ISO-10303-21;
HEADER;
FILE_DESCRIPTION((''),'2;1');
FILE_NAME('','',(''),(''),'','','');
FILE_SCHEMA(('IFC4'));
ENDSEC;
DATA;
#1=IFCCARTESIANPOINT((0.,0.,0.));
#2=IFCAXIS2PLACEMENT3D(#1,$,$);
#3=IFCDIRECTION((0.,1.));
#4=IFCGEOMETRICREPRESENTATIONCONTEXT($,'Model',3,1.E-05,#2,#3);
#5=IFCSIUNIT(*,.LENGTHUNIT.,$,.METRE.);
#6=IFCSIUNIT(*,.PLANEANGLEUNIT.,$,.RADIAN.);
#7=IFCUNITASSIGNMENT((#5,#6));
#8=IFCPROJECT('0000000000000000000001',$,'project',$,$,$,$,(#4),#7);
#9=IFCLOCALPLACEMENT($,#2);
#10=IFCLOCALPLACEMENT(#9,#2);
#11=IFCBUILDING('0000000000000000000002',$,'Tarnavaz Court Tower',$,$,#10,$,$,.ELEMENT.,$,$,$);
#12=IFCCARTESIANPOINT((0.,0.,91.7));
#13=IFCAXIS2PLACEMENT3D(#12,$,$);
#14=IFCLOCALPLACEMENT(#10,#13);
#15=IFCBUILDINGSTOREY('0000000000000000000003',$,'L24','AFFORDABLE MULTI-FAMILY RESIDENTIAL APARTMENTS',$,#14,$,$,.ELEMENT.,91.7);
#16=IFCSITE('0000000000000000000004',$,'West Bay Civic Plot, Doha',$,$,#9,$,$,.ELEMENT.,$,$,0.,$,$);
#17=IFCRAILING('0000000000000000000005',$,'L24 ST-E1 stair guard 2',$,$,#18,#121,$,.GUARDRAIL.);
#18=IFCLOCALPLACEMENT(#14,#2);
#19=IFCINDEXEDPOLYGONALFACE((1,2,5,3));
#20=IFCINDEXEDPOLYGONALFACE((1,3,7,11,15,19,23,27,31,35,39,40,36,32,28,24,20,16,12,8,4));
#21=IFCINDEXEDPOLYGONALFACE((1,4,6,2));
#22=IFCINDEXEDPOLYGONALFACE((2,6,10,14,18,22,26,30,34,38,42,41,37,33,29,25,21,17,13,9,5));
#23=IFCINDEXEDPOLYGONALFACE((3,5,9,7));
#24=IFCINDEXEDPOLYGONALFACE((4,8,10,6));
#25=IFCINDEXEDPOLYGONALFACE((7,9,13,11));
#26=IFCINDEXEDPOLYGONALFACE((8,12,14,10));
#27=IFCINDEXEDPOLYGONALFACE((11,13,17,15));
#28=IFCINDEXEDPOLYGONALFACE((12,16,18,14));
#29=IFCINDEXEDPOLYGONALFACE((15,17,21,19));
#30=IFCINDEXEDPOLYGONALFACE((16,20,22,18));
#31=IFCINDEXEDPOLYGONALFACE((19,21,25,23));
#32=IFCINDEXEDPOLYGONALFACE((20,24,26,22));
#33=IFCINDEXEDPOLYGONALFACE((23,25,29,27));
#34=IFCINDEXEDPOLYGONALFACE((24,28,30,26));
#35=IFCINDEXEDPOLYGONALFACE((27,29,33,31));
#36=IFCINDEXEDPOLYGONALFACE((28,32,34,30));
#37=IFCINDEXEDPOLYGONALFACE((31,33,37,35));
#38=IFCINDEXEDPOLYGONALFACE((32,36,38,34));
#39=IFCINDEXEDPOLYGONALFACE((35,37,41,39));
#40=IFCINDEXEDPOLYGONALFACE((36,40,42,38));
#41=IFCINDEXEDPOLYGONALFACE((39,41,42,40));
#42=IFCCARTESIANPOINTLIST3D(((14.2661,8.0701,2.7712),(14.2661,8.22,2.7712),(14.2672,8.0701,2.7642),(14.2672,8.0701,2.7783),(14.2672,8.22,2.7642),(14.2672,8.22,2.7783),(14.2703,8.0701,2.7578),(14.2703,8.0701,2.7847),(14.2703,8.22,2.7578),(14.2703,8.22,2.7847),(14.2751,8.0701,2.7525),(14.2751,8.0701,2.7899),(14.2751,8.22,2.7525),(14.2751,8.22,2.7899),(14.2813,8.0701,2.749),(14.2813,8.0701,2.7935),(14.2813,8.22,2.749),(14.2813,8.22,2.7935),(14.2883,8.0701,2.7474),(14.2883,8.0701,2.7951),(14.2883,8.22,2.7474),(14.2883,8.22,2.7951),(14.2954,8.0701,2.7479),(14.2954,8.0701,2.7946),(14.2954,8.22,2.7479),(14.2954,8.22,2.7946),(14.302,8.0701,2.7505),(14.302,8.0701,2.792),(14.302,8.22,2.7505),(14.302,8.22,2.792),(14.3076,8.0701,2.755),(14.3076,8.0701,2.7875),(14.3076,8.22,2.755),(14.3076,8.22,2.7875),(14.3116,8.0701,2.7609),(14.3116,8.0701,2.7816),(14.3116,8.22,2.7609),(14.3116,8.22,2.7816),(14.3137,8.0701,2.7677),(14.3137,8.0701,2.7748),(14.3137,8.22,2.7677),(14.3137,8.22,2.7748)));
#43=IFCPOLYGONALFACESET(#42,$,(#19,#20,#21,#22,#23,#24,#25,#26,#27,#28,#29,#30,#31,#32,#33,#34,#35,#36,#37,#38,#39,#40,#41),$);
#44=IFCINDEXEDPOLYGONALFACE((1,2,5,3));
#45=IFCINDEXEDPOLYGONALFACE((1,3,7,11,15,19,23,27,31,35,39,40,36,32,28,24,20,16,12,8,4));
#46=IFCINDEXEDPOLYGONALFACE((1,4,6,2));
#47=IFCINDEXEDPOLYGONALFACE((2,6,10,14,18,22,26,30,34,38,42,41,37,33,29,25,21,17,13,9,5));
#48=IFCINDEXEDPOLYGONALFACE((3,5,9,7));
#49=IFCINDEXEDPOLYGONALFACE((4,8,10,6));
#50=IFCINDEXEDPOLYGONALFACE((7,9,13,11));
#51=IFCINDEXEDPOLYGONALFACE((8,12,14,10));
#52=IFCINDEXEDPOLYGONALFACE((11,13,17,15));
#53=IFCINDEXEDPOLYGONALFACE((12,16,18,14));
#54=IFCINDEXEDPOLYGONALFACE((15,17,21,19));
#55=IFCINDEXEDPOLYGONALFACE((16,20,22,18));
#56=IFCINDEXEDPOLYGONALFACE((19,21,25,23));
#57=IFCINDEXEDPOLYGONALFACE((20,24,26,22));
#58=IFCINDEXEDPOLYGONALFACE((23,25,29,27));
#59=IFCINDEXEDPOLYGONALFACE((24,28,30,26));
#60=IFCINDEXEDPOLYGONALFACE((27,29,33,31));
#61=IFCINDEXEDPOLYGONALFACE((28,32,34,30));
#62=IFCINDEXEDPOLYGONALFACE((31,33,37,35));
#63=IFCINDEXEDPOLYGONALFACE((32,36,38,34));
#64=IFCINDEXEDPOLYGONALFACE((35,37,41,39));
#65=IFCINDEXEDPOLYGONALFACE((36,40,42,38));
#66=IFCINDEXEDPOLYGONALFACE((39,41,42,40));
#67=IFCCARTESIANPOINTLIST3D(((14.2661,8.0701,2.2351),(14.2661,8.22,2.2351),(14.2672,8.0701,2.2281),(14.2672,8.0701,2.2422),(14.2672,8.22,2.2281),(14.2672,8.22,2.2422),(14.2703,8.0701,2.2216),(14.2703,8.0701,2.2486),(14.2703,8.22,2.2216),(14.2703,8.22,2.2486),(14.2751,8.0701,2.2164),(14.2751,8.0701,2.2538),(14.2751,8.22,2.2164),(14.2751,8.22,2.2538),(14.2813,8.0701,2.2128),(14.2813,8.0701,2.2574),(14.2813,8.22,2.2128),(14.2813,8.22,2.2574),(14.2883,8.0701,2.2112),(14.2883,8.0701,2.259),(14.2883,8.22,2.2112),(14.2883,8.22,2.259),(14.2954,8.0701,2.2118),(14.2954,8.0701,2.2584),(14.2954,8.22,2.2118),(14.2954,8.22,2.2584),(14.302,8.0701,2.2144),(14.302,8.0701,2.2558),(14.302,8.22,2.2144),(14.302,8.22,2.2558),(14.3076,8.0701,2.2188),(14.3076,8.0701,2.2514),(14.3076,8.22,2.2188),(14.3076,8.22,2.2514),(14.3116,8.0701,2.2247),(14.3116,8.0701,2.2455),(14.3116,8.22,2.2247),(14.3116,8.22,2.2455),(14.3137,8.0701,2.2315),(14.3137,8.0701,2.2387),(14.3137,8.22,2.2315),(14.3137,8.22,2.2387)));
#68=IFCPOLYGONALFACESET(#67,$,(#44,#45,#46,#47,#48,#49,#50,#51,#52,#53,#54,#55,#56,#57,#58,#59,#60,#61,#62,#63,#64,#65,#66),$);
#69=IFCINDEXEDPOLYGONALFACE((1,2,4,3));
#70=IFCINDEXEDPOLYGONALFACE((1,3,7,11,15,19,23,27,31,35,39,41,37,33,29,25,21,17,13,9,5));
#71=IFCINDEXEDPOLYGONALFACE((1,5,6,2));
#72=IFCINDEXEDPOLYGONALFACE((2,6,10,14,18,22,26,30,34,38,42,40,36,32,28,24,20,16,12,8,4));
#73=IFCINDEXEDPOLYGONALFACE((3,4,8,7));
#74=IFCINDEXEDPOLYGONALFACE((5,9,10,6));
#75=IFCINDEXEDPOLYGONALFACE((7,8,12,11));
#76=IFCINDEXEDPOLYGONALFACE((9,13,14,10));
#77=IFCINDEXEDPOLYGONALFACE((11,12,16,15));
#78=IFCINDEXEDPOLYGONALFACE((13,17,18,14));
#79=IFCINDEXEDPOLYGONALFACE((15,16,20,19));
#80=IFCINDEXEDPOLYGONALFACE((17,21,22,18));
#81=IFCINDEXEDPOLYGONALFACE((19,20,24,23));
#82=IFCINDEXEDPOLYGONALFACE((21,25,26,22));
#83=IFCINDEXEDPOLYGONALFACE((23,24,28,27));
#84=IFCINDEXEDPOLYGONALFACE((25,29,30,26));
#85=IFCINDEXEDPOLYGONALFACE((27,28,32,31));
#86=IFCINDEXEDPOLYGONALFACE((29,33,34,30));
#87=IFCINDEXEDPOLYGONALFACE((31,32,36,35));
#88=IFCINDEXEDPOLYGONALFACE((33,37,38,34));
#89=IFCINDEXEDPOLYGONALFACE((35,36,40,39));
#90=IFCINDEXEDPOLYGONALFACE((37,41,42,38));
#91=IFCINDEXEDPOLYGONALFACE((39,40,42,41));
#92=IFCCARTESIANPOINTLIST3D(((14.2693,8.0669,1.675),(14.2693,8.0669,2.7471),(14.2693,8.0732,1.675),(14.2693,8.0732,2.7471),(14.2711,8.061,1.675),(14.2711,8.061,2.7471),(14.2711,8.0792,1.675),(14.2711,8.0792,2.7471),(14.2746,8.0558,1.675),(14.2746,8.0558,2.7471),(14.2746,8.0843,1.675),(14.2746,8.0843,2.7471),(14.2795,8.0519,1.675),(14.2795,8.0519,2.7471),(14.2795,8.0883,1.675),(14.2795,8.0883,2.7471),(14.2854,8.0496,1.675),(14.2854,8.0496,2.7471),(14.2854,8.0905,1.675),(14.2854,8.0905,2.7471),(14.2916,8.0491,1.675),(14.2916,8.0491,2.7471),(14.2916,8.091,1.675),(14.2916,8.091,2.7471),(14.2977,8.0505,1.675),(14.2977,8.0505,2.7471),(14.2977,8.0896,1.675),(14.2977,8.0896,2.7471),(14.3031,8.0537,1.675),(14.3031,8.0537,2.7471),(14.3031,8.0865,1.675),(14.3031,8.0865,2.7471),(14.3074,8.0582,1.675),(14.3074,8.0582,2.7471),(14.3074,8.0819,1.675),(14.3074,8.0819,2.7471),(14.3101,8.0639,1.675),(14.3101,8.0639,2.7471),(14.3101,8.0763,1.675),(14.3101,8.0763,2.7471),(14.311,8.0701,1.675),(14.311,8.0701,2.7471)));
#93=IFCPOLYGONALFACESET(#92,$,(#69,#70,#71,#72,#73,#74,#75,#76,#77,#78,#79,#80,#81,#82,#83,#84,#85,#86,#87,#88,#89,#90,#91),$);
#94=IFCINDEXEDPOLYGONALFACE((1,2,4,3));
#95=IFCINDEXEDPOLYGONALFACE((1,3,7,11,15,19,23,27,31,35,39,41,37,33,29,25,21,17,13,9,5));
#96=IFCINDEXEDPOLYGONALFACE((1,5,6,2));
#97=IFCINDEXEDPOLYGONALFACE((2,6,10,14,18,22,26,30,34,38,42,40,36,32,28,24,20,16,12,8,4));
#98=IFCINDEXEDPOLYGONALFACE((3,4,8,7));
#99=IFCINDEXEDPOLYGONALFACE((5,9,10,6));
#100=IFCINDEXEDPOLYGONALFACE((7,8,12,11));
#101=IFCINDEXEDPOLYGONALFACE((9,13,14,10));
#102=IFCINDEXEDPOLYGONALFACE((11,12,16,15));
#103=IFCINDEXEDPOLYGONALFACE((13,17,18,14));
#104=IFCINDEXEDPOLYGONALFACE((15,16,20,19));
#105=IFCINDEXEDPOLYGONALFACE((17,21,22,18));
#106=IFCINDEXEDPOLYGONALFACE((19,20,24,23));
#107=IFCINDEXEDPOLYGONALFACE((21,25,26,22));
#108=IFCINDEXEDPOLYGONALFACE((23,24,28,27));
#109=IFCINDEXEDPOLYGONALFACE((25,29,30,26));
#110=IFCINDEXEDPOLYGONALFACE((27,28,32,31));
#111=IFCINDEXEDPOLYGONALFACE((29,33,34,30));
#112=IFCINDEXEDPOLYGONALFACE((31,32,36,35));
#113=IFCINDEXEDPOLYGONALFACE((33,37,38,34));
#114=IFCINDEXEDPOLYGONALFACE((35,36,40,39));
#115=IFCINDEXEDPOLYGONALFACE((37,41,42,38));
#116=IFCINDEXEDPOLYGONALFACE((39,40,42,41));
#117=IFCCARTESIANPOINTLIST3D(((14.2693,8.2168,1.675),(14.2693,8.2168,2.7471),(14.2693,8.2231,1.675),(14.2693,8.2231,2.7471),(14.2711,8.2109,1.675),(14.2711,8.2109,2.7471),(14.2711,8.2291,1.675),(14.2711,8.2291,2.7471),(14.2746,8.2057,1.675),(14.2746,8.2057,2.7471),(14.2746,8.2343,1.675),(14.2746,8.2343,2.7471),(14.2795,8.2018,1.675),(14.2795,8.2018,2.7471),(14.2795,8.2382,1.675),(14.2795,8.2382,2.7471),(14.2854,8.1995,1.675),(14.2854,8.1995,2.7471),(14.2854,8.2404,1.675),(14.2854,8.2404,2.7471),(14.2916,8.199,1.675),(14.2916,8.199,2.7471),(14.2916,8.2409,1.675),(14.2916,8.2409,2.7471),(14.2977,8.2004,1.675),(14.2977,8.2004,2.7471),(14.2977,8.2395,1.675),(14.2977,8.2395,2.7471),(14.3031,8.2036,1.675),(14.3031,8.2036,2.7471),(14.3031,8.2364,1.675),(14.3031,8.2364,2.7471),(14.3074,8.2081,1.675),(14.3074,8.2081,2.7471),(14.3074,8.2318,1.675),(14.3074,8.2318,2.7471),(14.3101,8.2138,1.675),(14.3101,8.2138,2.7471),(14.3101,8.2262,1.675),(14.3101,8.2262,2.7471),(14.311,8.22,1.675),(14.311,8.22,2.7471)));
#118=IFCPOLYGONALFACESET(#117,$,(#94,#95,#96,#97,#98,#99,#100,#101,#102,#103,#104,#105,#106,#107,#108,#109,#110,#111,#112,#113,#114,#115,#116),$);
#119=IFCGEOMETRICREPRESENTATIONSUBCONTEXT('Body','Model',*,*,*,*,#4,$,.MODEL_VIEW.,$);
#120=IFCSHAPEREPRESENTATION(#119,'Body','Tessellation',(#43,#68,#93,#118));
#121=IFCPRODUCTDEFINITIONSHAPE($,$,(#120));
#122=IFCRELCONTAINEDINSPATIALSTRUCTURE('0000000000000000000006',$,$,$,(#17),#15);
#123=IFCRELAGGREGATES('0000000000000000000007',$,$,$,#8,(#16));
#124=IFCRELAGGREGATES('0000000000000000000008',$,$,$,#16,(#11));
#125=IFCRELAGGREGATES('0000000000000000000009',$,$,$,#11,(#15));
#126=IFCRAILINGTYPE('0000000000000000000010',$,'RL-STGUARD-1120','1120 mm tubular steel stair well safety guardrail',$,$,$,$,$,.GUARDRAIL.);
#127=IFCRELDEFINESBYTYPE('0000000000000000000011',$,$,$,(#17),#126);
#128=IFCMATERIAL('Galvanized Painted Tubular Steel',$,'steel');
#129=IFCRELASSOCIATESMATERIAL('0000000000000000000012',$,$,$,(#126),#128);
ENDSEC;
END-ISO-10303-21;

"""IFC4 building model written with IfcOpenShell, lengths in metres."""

from ifc_helpers import new_model, si_unit, direction, frame, origin, origin_2d, place, context, subcontext, project, spatial, circle, extrude, material, type_object, element, save


model = new_model("IFC4")

# Units and contexts
model_context = context("Model", 3, precision=1e-05, world=origin(), true_north=direction((0.0, 1.0)))
body_context = subcontext(model_context, "Body", "Model", "MODEL_VIEW")
ifc_project = project(units=[si_unit("LENGTHUNIT", "METRE"), si_unit("PLANEANGLEUNIT", "RADIAN")], contexts=[model_context])

# Site, building, storey
site_placement = place(None, origin())
site = spatial("IfcSite", under=ifc_project, at=site_placement, Name="West Bay Civic Plot, Doha", CompositionType="ELEMENT", RefElevation=0.0)
building_placement = place(site_placement, origin())
building = spatial("IfcBuilding", under=site, at=building_placement, Name="Tarnavaz Court Tower", CompositionType="ELEMENT")
storey_placement = place(building_placement, frame((0.0, 0.0, 91.7)))
storey = spatial("IfcBuildingStorey", under=building, at=storey_placement, Name="L24", Description="AFFORDABLE MULTI-FAMILY RESIDENTIAL APARTMENTS", CompositionType="ELEMENT", Elevation=91.7)

# Railing
ifc_material_1 = material(Name="Galvanized Painted Tubular Steel", Category="steel")
railing_type_1 = type_object("IfcRailingType", Name="RL-STGUARD-1120", Description="1120 mm tubular steel stair well safety guardrail", PredefinedType="GUARDRAIL", material=ifc_material_1)
railing_1_placement = place(storey_placement, frame((14.29, 8.0701, 1.675)))
element("IfcRailing", 1, at=railing_1_placement, inside=storey, type_object=railing_type_1, Name="L24 ST-E1 stair guard 2", PredefinedType="GUARDRAIL", context=body_context, shape_type="SweptSolid", body=[
    extrude(circle(Radius=0.0239, at=origin_2d()), frame((0.0, 0.0, 1.0962), z_axis=(0.0, 1.0, 0.0), x_axis=(-1.0, 0.0, 0.0)), (0.0, 0.0, 1.0), 0.1499),
    extrude(circle(Radius=0.0239, at=origin_2d()), frame((0.0, 0.0, 0.5601), z_axis=(0.0, 1.0, 0.0), x_axis=(-1.0, 0.0, 0.0)), (0.0, 0.0, 1.0), 0.1499),
    extrude(circle(Radius=0.021, at=origin_2d()), origin(), (0.0, 0.0, 1.0), 1.072),
    extrude(circle(Radius=0.021, at=origin_2d()), frame((0.0, 0.1499, 0.0)), (0.0, 0.0, 1.0), 1.072),
])

save(model, "model.ifc")
